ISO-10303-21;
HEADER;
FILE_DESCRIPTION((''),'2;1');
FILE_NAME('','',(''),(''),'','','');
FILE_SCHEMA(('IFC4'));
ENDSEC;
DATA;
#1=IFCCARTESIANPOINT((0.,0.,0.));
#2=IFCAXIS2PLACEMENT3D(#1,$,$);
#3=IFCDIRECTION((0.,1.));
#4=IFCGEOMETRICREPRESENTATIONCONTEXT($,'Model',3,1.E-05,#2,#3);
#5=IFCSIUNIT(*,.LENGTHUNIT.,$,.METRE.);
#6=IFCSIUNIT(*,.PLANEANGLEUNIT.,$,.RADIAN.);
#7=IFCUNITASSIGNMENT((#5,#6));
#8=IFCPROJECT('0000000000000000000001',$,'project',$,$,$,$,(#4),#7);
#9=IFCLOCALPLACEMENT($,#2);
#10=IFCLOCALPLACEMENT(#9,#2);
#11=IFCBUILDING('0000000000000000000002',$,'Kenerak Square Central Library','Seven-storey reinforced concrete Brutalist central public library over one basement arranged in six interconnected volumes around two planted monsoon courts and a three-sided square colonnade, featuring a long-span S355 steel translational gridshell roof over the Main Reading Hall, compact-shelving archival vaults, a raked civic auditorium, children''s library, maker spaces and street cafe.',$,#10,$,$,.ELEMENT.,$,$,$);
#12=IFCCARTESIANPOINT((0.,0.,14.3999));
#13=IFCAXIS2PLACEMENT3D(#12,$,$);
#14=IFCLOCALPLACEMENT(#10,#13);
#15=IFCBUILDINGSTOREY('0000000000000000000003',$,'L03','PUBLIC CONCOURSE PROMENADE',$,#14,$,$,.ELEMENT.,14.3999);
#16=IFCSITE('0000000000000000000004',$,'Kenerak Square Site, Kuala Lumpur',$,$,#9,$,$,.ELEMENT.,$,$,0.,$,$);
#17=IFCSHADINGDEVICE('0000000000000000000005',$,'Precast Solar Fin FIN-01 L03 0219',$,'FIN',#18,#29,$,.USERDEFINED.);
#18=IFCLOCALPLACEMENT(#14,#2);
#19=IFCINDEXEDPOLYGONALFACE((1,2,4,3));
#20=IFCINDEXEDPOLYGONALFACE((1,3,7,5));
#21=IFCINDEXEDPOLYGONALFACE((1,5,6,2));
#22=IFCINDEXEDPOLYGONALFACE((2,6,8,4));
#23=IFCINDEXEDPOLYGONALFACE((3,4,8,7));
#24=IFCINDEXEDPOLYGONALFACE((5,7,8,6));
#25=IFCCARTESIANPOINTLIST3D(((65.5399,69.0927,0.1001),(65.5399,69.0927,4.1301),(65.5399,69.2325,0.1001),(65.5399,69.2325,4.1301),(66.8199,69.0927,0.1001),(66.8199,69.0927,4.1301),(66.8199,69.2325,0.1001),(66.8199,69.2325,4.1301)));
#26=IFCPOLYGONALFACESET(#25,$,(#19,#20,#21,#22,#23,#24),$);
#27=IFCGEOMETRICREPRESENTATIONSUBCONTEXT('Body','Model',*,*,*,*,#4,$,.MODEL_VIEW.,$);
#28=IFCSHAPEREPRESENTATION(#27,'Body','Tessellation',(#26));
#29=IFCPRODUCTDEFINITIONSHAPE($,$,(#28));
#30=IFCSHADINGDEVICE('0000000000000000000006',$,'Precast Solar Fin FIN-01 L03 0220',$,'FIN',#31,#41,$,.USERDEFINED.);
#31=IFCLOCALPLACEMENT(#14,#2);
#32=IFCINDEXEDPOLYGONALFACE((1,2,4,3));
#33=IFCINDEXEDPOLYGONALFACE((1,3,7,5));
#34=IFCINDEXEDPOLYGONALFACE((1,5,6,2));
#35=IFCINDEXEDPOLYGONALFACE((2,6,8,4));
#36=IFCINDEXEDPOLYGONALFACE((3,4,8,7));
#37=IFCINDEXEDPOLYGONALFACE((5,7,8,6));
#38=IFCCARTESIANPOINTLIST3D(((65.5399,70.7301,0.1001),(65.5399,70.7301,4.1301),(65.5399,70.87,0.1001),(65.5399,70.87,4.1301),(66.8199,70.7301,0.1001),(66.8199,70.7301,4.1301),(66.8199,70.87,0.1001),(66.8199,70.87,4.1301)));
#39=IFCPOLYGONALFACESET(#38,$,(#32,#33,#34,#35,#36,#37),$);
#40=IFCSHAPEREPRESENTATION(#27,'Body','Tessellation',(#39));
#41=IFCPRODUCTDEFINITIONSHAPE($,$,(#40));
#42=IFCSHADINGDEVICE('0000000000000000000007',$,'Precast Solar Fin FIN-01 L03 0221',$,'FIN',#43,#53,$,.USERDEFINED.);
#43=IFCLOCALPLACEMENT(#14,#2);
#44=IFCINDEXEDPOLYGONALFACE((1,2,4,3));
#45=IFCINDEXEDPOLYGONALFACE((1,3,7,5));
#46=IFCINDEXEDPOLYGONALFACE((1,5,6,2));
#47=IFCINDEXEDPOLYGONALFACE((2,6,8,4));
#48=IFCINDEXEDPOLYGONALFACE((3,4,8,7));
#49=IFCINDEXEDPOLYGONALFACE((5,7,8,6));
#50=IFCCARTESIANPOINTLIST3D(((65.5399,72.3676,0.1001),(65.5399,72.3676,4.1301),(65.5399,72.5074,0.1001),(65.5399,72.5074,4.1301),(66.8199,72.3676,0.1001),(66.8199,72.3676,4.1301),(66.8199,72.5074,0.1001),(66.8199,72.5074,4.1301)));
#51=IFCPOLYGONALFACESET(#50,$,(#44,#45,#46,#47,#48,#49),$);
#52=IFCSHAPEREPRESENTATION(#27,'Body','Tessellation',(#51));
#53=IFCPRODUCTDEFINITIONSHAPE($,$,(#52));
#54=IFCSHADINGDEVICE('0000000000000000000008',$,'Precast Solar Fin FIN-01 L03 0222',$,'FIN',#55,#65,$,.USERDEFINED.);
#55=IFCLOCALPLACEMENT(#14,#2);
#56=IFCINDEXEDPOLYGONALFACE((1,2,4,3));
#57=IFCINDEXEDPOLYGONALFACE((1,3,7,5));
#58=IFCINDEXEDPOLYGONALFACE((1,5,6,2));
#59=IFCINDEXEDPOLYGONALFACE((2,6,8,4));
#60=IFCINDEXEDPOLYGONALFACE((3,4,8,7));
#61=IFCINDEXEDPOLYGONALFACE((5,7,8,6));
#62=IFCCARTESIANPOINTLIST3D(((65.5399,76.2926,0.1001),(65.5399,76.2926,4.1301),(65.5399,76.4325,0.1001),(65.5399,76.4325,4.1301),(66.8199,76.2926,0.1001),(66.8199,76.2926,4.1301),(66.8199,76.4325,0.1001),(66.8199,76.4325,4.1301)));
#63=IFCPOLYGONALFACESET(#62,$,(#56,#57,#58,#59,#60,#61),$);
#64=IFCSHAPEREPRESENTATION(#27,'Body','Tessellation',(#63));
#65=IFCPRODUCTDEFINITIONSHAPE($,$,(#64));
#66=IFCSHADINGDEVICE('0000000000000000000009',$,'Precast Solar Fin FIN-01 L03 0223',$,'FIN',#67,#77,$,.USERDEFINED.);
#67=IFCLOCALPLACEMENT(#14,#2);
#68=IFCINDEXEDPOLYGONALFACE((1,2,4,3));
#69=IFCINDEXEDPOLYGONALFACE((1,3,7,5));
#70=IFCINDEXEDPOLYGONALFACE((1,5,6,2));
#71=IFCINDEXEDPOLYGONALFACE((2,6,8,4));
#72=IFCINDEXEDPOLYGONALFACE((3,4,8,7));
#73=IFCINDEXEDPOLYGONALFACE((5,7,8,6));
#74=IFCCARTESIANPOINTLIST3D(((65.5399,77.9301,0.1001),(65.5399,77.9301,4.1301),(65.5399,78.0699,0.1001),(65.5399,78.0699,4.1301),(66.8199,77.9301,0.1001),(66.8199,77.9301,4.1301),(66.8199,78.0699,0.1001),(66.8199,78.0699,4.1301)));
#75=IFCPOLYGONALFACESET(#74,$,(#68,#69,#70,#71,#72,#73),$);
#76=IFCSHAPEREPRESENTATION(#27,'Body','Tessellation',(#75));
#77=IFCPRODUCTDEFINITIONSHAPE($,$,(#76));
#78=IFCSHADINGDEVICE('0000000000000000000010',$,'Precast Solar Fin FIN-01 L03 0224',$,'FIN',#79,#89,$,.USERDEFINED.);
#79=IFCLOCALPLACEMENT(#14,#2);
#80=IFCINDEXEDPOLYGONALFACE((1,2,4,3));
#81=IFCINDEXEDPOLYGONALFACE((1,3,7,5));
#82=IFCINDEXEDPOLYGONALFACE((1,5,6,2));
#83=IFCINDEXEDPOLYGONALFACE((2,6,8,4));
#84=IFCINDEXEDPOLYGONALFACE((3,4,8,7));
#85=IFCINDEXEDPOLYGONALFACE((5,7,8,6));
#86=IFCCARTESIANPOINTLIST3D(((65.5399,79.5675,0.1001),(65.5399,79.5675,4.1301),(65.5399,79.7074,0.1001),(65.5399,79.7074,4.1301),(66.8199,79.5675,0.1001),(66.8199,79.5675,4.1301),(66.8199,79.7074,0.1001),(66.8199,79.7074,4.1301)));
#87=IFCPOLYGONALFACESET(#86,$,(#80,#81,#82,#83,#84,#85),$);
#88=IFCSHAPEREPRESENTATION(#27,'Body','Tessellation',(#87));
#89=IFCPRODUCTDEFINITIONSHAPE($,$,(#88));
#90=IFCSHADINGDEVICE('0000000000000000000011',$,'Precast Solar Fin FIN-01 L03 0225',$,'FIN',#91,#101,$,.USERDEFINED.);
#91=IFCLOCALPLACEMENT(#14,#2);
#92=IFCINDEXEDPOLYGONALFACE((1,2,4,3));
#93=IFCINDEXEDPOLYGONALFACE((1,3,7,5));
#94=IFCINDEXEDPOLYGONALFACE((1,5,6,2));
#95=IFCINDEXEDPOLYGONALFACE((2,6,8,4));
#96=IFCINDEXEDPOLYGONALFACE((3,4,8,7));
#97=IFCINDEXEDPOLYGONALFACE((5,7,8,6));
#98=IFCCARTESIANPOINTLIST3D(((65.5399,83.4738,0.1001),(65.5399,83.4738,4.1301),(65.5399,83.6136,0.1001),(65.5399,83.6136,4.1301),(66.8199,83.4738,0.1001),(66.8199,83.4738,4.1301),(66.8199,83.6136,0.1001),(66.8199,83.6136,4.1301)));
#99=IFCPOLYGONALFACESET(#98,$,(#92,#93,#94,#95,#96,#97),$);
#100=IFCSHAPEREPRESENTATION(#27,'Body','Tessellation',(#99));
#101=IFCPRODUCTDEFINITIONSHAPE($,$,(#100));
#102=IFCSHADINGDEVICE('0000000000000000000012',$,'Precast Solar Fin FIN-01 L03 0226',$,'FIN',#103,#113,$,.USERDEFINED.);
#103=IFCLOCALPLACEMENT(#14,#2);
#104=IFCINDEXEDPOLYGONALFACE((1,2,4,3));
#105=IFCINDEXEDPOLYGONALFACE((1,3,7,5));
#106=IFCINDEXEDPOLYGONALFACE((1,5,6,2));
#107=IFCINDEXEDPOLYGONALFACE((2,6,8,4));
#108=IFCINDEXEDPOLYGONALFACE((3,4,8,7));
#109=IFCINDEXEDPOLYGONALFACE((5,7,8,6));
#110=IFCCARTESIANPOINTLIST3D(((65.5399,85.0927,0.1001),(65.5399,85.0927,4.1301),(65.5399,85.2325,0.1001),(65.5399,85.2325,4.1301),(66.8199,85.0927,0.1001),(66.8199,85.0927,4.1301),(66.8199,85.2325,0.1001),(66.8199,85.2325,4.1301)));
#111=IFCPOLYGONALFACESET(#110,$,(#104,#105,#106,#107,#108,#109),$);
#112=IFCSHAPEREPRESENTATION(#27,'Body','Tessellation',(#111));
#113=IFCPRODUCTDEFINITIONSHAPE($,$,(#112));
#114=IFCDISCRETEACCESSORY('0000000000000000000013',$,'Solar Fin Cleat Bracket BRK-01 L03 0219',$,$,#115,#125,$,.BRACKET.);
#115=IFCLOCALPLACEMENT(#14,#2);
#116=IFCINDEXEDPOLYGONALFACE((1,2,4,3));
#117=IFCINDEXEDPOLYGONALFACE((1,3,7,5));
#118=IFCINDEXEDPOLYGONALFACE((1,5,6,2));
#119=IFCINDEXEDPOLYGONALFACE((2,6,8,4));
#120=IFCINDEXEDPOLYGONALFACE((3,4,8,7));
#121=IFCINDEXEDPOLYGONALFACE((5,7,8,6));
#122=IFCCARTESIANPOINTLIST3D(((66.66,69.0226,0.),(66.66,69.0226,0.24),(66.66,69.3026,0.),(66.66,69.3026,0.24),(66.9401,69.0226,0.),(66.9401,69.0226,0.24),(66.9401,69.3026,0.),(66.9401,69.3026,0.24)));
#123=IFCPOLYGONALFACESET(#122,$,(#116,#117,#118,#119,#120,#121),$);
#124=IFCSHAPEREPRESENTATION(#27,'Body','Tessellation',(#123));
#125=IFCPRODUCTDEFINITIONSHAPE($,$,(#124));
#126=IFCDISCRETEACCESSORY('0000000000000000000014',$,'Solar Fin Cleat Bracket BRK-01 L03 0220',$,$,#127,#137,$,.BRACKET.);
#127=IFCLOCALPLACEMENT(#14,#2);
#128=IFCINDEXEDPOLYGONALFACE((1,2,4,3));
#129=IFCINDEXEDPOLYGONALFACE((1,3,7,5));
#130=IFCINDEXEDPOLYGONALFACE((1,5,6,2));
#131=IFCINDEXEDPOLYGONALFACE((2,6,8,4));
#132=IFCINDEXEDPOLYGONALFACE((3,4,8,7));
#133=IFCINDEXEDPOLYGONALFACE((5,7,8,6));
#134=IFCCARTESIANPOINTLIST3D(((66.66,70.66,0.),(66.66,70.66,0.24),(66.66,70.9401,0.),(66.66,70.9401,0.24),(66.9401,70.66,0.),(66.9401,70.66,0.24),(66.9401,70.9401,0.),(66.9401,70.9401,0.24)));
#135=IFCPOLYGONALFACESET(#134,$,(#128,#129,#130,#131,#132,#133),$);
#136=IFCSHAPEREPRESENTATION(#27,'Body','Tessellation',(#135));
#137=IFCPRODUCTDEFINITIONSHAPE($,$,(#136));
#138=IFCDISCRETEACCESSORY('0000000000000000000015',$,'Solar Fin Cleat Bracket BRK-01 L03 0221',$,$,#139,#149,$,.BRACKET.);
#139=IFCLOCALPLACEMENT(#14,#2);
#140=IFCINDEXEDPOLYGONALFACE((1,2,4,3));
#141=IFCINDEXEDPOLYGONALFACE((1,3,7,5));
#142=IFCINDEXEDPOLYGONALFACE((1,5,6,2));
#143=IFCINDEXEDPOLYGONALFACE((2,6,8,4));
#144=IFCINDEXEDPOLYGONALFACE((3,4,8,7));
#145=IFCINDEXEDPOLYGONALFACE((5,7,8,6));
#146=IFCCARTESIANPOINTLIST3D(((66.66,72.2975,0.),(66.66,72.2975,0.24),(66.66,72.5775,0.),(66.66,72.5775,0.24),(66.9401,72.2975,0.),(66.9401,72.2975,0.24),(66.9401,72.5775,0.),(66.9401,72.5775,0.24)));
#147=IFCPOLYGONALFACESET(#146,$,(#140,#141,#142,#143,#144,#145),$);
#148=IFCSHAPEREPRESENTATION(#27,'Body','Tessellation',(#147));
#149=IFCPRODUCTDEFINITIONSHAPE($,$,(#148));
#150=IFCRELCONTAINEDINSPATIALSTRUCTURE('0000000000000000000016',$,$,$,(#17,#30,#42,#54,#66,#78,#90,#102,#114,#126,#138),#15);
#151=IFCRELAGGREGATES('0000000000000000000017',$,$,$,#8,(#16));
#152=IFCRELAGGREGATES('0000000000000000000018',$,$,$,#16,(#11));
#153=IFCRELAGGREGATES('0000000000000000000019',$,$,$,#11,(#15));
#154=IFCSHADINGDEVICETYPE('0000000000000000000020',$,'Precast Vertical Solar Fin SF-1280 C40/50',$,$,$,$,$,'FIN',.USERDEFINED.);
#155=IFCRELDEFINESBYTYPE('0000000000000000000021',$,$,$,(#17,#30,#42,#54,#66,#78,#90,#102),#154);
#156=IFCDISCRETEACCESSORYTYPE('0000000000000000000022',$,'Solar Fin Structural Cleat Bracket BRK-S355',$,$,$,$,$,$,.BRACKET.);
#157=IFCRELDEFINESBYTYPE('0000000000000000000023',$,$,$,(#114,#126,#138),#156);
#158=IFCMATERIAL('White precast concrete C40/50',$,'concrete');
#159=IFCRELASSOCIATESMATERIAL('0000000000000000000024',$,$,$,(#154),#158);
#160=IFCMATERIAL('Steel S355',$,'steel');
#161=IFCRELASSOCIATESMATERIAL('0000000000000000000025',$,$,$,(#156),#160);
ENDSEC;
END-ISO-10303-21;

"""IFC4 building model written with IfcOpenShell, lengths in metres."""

from ifc_helpers import new_model, si_unit, direction, frame, origin, origin_2d, place, context, subcontext, project, spatial, rectangle, extrude, material, type_object, element, save


model = new_model("IFC4")

# Units and contexts
model_context = context("Model", 3, precision=1e-05, world=origin(), true_north=direction((0.0, 1.0)))
body_context = subcontext(model_context, "Body", "Model", "MODEL_VIEW")
ifc_project = project(units=[si_unit("LENGTHUNIT", "METRE"), si_unit("PLANEANGLEUNIT", "RADIAN")], contexts=[model_context])

# Site, building, storey
site_placement = place(None, origin())
site = spatial("IfcSite", under=ifc_project, at=site_placement, Name="Kenerak Square Site, Kuala Lumpur", CompositionType="ELEMENT", RefElevation=0.0)
building_placement = place(site_placement, origin())
building = spatial("IfcBuilding", under=site, at=building_placement, Name="Kenerak Square Central Library", Description="Seven-storey reinforced concrete Brutalist central public library over one basement arranged in six interconnected volumes around two planted monsoon courts and a three-sided square colonnade, featuring a long-span S355 steel translational gridshell roof over the Main Reading Hall, compact-shelving archival vaults, a raked civic auditorium, children's library, maker spaces and street cafe.", CompositionType="ELEMENT")
storey_placement = place(building_placement, frame((0.0, 0.0, 14.3999)))
storey = spatial("IfcBuildingStorey", under=building, at=storey_placement, Name="L03", Description="PUBLIC CONCOURSE PROMENADE", CompositionType="ELEMENT", Elevation=14.3999)

# Shading devices
ifc_material_1 = material(Name="White precast concrete C40/50", Category="concrete")
shading_device_type = type_object("IfcShadingDeviceType", Name="Precast Vertical Solar Fin SF-1280 C40/50", ElementType="FIN", PredefinedType="USERDEFINED", material=ifc_material_1)
for number, where, z_axis, x_axis, name in (
    (1, (66.1799, 69.1626, 0.1001), (0.0, 0.0, 1.0), (0.0, 1.0, 0.0), "Precast Solar Fin FIN-01 L03 0219"),
    (2, (66.1799, 70.8, 0.1001), (0.0, 0.0, 1.0), (0.0, 1.0, 0.0), "Precast Solar Fin FIN-01 L03 0220"),
    (3, (66.1799, 72.4375, 0.1001), (0.0, 0.0, 1.0), (0.0, 1.0, 0.0), "Precast Solar Fin FIN-01 L03 0221"),
    (4, (66.1799, 76.3625, 0.1001), (0.0, 0.0, 1.0), (0.0, 1.0, 0.0), "Precast Solar Fin FIN-01 L03 0222"),
    (5, (66.1799, 78.0, 0.1001), (0.0, 0.0, 1.0), (0.0, 1.0, 0.0), "Precast Solar Fin FIN-01 L03 0223"),
    (6, (66.1799, 79.6375, 0.1001), (0.0, 0.0, 1.0), (0.0, 1.0, 0.0), "Precast Solar Fin FIN-01 L03 0224"),
    (7, (66.1799, 83.5437, 0.1001), (0.0, 0.0, 1.0), (0.0, 1.0, 0.0), "Precast Solar Fin FIN-01 L03 0225"),
    (8, (66.1799, 85.1626, 0.1001), (0.0, 0.0, 1.0), (0.0, 1.0, 0.0), "Precast Solar Fin FIN-01 L03 0226"),
):
    element("IfcShadingDevice", number, at=place(storey_placement, frame(where, z_axis=z_axis, x_axis=x_axis)), inside=storey, type_object=shading_device_type, Name=name, ObjectType="FIN", PredefinedType="USERDEFINED", context=body_context, shape_type="SweptSolid", body=[
        extrude(rectangle(XDim=0.1399, YDim=1.28, at=origin_2d()), origin(), (0.0, 0.0, 1.0), 4.03),
    ])

# Discrete accessories
ifc_material_2 = material(Name="Steel S355", Category="steel")
discrete_accessory_type = type_object("IfcDiscreteAccessoryType", Name="Solar Fin Structural Cleat Bracket BRK-S355", PredefinedType="BRACKET", material=ifc_material_2)
for number, where, z_axis, x_axis, name in (
    (9, (66.8, 69.1626, 0.0), (0.0, 0.0, 1.0), (0.0, 1.0, 0.0), "Solar Fin Cleat Bracket BRK-01 L03 0219"),
    (10, (66.8, 70.8, 0.0), (0.0, 0.0, 1.0), (0.0, 1.0, 0.0), "Solar Fin Cleat Bracket BRK-01 L03 0220"),
    (11, (66.8, 72.4375, 0.0), (0.0, 0.0, 1.0), (0.0, 1.0, 0.0), "Solar Fin Cleat Bracket BRK-01 L03 0221"),
):
    element("IfcDiscreteAccessory", number, at=place(storey_placement, frame(where, z_axis=z_axis, x_axis=x_axis)), inside=storey, type_object=discrete_accessory_type, Name=name, PredefinedType="BRACKET", context=body_context, shape_type="SweptSolid", body=[
        extrude(rectangle(XDim=0.28, YDim=0.28, at=origin_2d()), origin(), (0.0, 0.0, 1.0), 0.24),
    ])

save(model, "model.ifc")
